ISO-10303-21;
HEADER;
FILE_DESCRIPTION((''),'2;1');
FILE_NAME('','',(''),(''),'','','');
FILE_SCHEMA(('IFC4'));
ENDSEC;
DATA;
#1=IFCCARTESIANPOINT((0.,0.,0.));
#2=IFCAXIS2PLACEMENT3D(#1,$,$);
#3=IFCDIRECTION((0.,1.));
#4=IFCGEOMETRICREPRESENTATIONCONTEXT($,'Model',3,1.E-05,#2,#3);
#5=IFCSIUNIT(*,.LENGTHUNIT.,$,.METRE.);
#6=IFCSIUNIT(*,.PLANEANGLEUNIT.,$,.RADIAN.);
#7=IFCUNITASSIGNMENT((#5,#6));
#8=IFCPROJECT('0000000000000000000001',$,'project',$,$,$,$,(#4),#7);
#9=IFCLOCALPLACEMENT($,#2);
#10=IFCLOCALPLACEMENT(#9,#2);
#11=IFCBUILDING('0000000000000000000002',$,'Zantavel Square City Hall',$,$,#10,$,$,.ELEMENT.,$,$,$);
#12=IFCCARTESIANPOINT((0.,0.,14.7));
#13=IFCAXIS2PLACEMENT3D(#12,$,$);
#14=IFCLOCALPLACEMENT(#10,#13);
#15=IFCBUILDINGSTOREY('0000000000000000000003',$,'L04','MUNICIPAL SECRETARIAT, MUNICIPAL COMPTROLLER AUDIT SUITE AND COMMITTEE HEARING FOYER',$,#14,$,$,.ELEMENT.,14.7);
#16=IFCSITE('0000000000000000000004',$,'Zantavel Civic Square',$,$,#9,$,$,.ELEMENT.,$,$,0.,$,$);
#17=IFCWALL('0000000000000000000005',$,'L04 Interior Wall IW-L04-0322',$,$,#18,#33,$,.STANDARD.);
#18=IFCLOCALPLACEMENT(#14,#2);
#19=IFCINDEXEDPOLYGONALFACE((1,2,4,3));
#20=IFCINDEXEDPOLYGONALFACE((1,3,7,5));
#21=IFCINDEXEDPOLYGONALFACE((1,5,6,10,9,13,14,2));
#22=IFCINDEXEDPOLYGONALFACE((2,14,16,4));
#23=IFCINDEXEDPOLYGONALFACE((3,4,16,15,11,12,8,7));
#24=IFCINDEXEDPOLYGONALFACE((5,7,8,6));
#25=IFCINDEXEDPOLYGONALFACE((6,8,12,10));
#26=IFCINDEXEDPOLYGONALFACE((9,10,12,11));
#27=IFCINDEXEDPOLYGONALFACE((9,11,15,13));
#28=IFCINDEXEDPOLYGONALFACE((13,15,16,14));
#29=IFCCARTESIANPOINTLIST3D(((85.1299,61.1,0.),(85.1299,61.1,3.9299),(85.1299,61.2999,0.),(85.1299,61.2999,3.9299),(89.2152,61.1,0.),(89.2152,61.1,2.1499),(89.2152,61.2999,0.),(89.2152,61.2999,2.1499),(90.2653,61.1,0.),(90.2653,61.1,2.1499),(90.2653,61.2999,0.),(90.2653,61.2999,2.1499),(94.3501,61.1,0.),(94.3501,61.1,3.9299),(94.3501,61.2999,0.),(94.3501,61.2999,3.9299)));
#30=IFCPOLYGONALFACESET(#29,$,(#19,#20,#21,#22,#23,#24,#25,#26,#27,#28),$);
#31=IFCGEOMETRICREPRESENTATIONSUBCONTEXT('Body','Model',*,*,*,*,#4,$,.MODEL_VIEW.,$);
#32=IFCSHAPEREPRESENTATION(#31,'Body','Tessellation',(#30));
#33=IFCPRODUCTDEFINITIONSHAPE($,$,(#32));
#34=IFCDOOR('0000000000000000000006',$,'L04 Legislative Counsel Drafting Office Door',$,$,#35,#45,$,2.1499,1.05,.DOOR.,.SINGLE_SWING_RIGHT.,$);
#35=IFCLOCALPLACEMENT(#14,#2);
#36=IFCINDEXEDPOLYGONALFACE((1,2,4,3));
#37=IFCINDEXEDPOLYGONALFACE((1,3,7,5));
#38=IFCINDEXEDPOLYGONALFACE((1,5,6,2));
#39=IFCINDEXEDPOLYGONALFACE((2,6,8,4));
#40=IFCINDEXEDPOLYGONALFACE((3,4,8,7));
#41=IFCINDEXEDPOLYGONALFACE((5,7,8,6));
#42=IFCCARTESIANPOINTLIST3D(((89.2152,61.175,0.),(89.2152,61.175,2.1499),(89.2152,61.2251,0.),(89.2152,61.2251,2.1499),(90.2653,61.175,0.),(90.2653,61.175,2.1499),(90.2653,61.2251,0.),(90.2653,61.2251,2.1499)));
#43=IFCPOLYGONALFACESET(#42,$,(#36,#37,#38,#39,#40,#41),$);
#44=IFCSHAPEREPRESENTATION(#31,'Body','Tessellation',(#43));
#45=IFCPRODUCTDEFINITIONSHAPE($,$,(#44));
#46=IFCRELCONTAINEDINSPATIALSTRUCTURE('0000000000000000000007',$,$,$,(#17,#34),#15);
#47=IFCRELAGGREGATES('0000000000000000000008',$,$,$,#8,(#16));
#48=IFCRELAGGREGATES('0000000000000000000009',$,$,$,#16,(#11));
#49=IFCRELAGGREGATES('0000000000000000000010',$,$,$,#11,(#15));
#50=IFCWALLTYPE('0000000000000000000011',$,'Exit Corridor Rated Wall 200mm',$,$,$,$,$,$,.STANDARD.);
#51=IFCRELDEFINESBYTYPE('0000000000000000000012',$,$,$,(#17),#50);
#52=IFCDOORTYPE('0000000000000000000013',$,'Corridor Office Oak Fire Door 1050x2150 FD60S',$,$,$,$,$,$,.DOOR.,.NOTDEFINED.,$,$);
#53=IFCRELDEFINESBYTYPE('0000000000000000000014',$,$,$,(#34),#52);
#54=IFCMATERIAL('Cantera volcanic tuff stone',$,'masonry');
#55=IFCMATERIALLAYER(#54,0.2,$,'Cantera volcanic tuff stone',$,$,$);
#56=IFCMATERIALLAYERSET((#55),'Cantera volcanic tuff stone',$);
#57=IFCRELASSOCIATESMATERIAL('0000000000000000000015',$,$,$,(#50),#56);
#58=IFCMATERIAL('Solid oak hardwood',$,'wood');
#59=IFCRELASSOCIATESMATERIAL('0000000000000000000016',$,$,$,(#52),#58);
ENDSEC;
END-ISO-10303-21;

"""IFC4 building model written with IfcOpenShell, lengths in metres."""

from ifc_helpers import new_model, si_unit, direction, frame, frame_2d, origin, place, context, subcontext, project, spatial, rectangle, extrude, material, layer, layer_set, type_object, element, fill, save


model = new_model("IFC4")

# Units and contexts
model_context = context("Model", 3, precision=1e-05, world=origin(), true_north=direction((0.0, 1.0)))
body_context = subcontext(model_context, "Body", "Model", "MODEL_VIEW")
ifc_project = project(units=[si_unit("LENGTHUNIT", "METRE"), si_unit("PLANEANGLEUNIT", "RADIAN")], contexts=[model_context])

# Site, building, storey
site_placement = place(None, origin())
site = spatial("IfcSite", under=ifc_project, at=site_placement, Name="Zantavel Civic Square", CompositionType="ELEMENT", RefElevation=0.0)
building_placement = place(site_placement, origin())
building = spatial("IfcBuilding", under=site, at=building_placement, Name="Zantavel Square City Hall", CompositionType="ELEMENT")
storey_placement = place(building_placement, frame((0.0, 0.0, 14.7)))
storey = spatial("IfcBuildingStorey", under=building, at=storey_placement, Name="L04", Description="MUNICIPAL SECRETARIAT, MUNICIPAL COMPTROLLER AUDIT SUITE AND COMMITTEE HEARING FOYER", CompositionType="ELEMENT", Elevation=14.7)

# Wall, opening, door
ifc_material_1 = material(Name="Cantera volcanic tuff stone", Category="masonry")
ifc_layer = layer(ifc_material_1, 0.2, Name="Cantera volcanic tuff stone")
ifc_layer_set = layer_set([ifc_layer], Name="Cantera volcanic tuff stone")
wall_type = type_object("IfcWallType", Name="Exit Corridor Rated Wall 200mm", PredefinedType="STANDARD", material=ifc_layer_set)
ifc_material_2 = material(Name="Solid oak hardwood", Category="wood")
wall_1_placement = place(storey_placement, frame((94.3501, 61.2, 0.0), z_axis=(0.0, 0.0, 1.0), x_axis=(-1.0, 0.0, 0.0)))
wall_1 = element("IfcWall", 1, at=wall_1_placement, inside=storey, type_object=wall_type, Name="L04 Interior Wall IW-L04-0322", PredefinedType="STANDARD", context=body_context, shape_type="SweptSolid", body=[
    extrude(rectangle(XDim=9.2202, YDim=0.2, at=frame_2d((4.6101, 0.0))), origin(), (0.0, 0.0, 1.0), 3.9299),
])
opening_1_placement = place(wall_1_placement, frame((4.085, 0.0, 0.0)))
opening_1 = element("IfcOpeningElement", 2, at=opening_1_placement, cuts=wall_1, PredefinedType="OPENING", context=body_context, shape_type="SweptSolid", body=[
    extrude(rectangle(XDim=1.05, YDim=2.1499, at=frame_2d((0.5249, 1.075))), frame((0.0, 0.1099, 0.0), z_axis=(0.0, -1.0, 0.0), x_axis=(1.0, 0.0, 0.0)), (0.0, 0.0, 1.0), 0.22),
])
door_type_1 = type_object("IfcDoorType", Name="Corridor Office Oak Fire Door 1050x2150 FD60S", OperationType="NOTDEFINED", PredefinedType="DOOR", material=ifc_material_2)
door_1_placement = place(opening_1_placement, origin())
door_1 = element("IfcDoor", 3, at=door_1_placement, inside=storey, type_object=door_type_1, Name="L04 Legislative Counsel Drafting Office Door", OperationType="SINGLE_SWING_RIGHT", OverallHeight=2.1499, OverallWidth=1.05, PredefinedType="DOOR", context=body_context, shape_type="SweptSolid", body=[
    extrude(rectangle(XDim=1.05, YDim=2.1499, at=frame_2d((0.5249, 1.075))), frame((0.0, 0.0249, 0.0), z_axis=(0.0, -1.0, 0.0), x_axis=(1.0, 0.0, 0.0)), (0.0, 0.0, 1.0), 0.05),
])
fill(opening_1, door_1)

save(model, "model.ifc")
